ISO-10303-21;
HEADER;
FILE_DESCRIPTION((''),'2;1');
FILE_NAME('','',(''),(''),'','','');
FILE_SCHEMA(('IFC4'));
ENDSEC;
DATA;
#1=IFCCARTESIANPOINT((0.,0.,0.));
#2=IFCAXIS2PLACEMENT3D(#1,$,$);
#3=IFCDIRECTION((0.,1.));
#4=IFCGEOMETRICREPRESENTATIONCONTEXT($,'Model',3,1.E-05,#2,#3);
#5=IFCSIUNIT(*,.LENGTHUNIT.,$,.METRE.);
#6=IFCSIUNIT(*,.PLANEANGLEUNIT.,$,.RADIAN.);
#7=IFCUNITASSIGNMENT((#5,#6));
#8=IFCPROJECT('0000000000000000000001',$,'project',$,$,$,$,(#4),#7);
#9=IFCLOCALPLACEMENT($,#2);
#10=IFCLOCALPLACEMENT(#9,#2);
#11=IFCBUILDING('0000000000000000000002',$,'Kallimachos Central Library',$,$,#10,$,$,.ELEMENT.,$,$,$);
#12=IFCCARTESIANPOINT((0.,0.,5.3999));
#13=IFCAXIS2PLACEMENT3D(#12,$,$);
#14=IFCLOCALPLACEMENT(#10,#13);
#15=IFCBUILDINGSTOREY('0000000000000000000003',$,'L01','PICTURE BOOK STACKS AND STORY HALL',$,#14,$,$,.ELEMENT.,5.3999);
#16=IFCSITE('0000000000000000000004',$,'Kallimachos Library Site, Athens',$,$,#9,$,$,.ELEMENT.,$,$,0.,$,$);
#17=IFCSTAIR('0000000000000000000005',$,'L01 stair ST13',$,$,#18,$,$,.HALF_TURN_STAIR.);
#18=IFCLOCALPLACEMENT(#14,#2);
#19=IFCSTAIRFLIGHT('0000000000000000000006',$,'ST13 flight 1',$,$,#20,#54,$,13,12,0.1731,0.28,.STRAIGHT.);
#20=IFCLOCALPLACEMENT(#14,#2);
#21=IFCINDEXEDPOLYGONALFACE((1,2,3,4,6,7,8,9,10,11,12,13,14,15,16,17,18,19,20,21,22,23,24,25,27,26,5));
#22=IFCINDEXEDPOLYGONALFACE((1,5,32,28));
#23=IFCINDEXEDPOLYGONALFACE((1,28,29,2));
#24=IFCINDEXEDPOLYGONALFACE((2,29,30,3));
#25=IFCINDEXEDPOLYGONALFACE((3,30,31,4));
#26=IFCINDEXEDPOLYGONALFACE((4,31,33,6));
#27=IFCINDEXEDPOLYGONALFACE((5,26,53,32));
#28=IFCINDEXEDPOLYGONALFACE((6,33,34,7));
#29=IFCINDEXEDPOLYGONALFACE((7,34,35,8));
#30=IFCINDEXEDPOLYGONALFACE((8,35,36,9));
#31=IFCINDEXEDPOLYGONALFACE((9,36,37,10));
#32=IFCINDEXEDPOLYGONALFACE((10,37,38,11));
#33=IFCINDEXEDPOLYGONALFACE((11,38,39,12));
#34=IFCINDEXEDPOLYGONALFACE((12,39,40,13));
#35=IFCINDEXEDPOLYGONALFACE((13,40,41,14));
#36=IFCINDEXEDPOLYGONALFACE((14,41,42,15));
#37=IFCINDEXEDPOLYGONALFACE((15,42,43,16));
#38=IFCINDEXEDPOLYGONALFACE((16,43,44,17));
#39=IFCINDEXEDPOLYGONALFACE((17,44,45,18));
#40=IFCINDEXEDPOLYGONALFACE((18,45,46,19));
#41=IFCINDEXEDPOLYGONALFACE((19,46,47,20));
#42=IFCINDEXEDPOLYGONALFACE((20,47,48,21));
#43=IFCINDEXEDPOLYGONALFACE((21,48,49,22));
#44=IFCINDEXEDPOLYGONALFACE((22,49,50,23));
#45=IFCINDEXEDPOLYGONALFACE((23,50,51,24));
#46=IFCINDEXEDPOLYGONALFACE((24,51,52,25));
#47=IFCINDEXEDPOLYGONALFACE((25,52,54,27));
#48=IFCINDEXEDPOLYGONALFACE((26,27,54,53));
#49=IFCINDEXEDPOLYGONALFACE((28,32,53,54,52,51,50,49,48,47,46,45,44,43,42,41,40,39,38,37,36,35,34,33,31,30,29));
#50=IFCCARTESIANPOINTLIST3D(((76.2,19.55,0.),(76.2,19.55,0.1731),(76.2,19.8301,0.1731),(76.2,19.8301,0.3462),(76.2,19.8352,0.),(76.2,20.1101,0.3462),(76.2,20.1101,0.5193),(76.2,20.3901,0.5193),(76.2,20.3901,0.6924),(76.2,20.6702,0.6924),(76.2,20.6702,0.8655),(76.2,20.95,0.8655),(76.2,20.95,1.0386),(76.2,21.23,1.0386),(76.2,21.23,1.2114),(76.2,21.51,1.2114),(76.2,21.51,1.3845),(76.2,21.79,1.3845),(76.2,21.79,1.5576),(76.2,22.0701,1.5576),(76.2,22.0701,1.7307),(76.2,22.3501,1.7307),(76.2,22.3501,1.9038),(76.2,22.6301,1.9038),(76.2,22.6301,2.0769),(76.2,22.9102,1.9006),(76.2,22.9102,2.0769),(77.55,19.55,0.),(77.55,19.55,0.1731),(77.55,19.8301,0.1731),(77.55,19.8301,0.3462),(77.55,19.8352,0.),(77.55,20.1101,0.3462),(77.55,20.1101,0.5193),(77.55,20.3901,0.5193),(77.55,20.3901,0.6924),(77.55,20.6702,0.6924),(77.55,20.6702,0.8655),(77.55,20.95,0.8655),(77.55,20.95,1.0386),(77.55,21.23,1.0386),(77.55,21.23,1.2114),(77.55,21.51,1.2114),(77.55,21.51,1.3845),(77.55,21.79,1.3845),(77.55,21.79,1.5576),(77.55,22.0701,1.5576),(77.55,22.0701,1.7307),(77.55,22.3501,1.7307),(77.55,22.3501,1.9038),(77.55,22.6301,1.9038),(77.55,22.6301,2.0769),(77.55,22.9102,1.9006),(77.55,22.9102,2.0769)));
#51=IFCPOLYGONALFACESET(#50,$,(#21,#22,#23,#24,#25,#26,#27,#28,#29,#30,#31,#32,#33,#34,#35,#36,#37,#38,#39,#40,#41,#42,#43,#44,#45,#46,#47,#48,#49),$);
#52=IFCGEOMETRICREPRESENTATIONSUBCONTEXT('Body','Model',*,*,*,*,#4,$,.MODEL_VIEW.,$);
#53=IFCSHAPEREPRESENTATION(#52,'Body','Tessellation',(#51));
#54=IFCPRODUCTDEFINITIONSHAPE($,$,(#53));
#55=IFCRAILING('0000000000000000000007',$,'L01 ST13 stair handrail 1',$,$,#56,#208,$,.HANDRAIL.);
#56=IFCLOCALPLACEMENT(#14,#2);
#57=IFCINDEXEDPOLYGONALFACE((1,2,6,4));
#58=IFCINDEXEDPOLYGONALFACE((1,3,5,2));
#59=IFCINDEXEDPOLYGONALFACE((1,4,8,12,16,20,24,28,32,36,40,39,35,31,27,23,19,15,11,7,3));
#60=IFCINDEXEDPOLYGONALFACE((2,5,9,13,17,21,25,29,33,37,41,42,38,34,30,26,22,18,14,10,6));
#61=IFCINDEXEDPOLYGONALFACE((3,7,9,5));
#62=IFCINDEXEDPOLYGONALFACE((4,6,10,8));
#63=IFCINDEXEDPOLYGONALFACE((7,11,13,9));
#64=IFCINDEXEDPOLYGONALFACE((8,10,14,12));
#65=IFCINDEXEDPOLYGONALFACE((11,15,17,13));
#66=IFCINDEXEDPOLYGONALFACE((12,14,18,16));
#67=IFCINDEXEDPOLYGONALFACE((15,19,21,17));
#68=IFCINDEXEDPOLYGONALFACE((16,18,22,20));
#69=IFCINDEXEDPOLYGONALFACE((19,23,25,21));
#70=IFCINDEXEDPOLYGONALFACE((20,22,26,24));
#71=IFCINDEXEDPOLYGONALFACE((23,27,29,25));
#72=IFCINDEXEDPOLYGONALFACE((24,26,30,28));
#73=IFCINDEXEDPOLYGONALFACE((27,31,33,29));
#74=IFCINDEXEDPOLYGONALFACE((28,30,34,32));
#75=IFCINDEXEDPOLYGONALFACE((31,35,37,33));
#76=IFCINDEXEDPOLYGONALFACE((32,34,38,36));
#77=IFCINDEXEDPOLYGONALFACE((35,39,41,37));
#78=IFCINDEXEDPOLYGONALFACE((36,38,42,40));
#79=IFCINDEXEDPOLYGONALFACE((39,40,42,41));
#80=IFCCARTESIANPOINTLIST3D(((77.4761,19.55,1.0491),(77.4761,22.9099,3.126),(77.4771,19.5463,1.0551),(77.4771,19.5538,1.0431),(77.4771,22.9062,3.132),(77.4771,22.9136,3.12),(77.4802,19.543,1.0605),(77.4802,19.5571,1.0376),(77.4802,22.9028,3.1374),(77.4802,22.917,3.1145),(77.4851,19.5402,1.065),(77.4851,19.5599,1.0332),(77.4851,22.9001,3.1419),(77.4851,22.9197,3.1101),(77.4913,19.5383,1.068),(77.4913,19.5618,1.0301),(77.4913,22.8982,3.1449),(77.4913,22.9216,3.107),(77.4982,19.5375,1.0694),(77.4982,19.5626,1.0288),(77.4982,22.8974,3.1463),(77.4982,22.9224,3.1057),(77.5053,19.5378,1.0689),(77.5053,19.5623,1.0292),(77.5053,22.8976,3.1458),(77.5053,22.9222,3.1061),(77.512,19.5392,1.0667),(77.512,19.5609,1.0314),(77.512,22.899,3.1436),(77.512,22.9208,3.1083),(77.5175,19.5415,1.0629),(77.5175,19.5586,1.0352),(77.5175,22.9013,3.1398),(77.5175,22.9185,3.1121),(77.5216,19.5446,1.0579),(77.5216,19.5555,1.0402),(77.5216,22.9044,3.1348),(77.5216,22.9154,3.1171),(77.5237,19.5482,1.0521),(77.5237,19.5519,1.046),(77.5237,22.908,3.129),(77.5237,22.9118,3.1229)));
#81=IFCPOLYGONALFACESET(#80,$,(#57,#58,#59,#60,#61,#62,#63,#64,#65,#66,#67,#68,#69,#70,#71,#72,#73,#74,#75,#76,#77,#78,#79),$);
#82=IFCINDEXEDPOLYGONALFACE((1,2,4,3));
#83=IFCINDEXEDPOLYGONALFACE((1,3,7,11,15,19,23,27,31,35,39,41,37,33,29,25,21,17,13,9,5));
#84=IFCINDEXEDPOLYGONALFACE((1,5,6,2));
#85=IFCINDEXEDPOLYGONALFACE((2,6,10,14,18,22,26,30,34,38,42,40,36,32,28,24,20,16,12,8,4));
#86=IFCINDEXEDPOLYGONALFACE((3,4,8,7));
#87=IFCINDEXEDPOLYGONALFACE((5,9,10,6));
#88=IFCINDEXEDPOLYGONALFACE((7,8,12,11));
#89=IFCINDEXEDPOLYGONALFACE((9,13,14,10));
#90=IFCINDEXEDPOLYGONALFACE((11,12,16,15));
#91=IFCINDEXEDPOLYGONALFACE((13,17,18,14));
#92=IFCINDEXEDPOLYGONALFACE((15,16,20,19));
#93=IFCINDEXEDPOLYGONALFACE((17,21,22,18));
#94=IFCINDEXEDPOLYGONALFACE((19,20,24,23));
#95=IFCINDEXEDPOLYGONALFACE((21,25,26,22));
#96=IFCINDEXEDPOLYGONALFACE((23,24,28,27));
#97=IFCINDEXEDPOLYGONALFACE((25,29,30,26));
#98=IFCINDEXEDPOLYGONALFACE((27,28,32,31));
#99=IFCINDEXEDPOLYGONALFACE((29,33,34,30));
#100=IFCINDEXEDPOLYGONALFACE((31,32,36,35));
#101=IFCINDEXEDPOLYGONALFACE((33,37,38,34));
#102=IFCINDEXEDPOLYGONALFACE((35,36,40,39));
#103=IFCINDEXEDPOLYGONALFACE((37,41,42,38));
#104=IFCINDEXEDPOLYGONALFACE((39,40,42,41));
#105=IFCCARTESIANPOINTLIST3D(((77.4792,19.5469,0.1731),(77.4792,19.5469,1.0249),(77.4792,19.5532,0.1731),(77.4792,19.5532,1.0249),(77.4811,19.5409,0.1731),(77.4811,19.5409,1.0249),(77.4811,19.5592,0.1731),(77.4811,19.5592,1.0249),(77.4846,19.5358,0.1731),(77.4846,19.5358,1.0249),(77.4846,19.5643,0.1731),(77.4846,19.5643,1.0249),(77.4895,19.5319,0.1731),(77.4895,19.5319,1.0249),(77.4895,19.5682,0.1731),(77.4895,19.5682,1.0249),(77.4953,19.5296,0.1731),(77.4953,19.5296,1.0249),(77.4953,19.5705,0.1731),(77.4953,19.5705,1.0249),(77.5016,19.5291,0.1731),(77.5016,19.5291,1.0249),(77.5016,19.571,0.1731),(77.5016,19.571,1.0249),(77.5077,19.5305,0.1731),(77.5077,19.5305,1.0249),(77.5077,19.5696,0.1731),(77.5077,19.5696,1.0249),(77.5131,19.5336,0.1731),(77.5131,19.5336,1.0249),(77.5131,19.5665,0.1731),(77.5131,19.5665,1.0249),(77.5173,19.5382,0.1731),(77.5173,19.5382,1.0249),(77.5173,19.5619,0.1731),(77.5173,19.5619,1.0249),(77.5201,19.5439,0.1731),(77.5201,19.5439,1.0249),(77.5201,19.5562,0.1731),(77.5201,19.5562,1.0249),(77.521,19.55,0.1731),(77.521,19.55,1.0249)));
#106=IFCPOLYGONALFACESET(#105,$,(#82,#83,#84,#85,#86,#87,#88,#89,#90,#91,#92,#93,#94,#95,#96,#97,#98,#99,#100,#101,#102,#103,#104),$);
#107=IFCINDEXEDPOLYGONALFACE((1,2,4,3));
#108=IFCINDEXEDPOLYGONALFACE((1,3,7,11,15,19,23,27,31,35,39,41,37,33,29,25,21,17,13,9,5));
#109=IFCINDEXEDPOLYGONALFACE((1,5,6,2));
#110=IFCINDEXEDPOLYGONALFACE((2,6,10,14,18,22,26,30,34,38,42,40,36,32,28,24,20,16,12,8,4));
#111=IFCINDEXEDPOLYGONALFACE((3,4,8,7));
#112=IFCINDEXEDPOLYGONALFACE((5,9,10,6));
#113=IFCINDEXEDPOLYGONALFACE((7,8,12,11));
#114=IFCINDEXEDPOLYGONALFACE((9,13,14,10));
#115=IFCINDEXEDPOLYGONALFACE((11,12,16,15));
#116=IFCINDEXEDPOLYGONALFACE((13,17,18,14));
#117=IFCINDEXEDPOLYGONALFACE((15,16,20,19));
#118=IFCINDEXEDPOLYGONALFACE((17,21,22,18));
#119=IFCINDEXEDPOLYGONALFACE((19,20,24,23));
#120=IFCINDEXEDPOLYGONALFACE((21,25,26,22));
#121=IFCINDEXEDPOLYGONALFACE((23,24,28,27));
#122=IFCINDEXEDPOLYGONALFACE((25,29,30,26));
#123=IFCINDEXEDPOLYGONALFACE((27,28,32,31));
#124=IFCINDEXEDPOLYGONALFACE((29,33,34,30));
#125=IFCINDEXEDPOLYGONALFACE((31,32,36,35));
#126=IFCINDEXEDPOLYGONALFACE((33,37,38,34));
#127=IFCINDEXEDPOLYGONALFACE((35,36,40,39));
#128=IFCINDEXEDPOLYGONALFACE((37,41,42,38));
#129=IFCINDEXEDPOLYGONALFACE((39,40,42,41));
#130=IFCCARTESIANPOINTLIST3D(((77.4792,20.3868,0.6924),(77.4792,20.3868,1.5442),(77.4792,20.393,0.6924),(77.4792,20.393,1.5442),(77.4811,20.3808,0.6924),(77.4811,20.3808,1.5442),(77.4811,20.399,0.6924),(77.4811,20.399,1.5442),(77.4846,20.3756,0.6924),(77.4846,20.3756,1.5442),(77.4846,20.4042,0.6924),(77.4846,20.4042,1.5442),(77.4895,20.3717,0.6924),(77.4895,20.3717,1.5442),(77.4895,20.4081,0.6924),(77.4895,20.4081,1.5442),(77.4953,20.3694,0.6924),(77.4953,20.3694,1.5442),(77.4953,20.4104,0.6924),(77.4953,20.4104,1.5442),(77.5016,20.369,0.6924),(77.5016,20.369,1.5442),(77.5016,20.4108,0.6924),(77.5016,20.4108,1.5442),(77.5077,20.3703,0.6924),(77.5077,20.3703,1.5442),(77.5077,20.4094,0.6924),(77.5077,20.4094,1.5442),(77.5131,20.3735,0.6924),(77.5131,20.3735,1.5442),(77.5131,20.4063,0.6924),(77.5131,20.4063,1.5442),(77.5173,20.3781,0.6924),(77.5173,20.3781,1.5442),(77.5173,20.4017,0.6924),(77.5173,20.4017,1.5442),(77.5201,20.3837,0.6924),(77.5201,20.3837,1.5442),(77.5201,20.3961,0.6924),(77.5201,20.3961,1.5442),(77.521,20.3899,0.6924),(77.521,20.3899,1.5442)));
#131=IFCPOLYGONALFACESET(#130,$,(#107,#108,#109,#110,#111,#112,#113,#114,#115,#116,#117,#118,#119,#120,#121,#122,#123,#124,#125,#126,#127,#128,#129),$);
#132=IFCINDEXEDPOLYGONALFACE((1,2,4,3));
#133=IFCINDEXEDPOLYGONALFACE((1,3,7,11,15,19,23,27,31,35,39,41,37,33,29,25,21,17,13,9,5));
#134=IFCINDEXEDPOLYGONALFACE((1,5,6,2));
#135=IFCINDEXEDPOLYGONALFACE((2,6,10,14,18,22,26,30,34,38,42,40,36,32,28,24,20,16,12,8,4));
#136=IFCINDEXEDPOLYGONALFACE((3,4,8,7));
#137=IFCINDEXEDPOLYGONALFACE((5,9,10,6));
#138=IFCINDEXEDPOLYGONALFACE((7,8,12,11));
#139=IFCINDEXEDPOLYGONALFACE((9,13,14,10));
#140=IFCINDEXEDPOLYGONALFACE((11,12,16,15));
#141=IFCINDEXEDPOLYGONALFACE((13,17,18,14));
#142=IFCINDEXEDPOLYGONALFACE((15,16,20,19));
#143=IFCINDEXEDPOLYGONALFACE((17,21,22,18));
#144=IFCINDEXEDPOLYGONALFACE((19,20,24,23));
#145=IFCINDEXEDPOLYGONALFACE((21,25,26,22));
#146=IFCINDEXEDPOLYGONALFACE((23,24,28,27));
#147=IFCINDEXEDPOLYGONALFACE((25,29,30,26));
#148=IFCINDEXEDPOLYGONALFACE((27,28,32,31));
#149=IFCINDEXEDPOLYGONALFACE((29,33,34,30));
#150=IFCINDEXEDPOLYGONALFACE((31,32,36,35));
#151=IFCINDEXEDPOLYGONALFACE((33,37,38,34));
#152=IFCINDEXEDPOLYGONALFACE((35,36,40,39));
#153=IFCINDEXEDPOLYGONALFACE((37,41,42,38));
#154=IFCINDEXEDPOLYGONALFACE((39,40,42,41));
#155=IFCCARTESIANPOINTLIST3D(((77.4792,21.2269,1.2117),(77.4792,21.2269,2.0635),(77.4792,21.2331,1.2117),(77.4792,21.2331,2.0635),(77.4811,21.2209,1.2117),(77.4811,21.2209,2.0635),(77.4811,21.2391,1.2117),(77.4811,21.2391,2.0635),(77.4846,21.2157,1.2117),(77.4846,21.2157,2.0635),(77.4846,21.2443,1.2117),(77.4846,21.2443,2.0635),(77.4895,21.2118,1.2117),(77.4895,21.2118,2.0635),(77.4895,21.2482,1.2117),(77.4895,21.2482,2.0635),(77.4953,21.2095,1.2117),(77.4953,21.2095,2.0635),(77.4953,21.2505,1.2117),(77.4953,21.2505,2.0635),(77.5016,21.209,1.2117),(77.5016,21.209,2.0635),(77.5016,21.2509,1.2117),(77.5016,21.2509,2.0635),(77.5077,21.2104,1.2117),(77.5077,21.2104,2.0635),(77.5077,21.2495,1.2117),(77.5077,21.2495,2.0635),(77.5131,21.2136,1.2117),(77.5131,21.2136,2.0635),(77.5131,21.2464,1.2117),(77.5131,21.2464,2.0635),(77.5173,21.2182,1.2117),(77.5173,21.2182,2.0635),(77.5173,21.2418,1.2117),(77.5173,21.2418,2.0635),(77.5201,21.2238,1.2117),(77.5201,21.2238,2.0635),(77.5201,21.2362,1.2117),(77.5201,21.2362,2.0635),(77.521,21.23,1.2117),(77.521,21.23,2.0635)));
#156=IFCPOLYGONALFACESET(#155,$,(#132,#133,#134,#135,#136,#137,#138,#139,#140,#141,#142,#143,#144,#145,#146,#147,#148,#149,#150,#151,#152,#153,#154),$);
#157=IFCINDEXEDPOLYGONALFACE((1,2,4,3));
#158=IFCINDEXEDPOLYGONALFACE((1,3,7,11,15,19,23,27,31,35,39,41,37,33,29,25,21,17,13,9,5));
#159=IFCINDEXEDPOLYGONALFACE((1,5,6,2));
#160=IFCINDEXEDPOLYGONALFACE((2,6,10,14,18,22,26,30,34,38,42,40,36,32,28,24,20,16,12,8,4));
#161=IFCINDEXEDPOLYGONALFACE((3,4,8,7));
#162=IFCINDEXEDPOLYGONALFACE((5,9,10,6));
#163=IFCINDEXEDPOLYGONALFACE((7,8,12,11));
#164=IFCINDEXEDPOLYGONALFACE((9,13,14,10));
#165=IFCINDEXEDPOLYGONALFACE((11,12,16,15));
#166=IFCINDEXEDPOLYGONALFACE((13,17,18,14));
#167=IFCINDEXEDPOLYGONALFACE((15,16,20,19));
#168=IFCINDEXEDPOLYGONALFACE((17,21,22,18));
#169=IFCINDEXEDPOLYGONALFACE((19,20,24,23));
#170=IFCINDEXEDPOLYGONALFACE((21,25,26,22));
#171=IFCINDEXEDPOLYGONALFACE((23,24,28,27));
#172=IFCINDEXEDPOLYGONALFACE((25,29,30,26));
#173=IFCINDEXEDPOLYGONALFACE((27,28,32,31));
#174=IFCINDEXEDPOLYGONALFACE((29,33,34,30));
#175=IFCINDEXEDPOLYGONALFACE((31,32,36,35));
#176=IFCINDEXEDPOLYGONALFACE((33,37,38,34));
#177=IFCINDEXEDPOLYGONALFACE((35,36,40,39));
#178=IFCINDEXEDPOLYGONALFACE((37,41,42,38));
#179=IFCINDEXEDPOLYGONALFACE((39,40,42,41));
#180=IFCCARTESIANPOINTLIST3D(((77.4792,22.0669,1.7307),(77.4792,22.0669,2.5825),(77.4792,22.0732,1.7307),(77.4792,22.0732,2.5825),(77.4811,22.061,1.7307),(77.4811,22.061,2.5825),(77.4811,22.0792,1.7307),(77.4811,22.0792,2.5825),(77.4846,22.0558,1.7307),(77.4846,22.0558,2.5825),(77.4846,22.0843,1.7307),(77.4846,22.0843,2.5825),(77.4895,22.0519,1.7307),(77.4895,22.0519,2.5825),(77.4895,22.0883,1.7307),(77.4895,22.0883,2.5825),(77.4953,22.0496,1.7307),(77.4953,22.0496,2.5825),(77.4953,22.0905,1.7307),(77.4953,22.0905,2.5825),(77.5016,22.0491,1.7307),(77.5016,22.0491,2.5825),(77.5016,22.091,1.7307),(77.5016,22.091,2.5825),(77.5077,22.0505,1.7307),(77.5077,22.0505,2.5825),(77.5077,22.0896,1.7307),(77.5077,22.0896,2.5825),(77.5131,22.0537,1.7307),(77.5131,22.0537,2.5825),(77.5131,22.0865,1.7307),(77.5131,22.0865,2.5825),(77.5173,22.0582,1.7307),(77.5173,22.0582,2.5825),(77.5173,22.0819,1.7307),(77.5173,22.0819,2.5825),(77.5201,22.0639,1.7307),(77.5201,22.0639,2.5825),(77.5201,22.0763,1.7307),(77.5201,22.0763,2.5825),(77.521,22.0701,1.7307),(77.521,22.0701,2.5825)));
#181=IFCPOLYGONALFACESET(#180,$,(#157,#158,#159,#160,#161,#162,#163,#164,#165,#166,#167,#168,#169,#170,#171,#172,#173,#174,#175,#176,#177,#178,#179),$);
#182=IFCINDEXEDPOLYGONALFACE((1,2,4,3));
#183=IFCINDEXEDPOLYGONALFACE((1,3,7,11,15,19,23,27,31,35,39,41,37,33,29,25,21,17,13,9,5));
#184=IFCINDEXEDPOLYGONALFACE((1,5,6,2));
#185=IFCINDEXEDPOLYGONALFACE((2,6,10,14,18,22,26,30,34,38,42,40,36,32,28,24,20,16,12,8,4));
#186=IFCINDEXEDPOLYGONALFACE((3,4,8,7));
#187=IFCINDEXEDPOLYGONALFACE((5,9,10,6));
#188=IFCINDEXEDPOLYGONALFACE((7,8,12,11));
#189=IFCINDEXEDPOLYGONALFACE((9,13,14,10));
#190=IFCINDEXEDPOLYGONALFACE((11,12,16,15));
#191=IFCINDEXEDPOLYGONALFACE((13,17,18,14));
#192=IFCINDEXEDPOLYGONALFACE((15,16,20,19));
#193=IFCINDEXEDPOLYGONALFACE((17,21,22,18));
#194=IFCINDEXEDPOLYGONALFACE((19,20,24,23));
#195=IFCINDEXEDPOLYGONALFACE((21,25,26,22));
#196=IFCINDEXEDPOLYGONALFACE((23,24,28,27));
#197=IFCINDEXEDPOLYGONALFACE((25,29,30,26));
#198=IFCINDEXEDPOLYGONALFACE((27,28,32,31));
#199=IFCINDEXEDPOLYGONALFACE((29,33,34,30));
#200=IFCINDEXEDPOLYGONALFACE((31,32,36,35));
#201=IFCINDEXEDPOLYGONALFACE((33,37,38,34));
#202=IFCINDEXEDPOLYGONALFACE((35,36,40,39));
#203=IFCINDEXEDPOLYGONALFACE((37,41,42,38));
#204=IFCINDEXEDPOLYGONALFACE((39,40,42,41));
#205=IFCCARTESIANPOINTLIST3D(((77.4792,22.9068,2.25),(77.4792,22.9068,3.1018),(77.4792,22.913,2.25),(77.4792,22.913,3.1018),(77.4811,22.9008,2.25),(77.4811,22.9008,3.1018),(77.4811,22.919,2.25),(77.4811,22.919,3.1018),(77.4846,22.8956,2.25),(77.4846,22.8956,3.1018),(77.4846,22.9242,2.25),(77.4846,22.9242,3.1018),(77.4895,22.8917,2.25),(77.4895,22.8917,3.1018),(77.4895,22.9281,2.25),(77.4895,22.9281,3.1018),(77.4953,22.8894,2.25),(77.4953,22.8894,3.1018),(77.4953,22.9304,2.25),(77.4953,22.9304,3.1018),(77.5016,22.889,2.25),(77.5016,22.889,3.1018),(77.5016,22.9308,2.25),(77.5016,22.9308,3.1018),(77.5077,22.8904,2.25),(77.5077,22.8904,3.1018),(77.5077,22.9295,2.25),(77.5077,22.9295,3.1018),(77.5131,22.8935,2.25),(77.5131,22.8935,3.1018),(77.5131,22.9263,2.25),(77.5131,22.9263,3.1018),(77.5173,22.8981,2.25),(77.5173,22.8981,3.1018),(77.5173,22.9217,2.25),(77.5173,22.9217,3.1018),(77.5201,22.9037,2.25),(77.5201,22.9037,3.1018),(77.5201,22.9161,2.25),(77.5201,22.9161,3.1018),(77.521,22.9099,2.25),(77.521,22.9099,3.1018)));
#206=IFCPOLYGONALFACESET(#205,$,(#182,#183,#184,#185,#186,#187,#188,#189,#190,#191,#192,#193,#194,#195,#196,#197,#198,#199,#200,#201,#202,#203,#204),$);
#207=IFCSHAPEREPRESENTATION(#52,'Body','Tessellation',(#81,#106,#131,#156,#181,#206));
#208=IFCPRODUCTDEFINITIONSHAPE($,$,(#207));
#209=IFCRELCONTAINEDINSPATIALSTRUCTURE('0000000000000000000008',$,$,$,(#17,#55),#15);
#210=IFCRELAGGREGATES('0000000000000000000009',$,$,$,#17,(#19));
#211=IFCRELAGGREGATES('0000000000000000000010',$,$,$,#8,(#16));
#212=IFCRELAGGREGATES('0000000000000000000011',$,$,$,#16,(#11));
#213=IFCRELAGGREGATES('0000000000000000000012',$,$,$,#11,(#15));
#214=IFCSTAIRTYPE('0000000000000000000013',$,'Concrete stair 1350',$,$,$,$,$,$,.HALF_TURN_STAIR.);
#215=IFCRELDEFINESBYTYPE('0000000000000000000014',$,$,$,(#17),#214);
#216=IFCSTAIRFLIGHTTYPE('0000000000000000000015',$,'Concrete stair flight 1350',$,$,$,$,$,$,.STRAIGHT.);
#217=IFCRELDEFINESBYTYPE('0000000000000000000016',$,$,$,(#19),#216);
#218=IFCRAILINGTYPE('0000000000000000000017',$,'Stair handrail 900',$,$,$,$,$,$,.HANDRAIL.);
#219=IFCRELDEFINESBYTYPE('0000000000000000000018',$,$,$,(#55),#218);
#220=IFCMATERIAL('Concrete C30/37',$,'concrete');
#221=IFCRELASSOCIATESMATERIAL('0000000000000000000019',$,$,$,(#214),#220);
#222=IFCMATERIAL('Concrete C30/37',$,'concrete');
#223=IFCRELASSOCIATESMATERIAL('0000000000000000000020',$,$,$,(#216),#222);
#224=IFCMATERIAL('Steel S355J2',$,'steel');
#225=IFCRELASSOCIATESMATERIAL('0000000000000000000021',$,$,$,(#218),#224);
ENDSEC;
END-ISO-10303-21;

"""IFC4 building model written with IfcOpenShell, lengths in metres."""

from ifc_helpers import new_model, si_unit, direction, frame, origin, origin_2d, place, context, subcontext, project, spatial, polyline, circle, outline, extrude, material, type_object, element, aggregate, save


model = new_model("IFC4")

# Units and contexts
model_context = context("Model", 3, precision=1e-05, world=origin(), true_north=direction((0.0, 1.0)))
body_context = subcontext(model_context, "Body", "Model", "MODEL_VIEW")
ifc_project = project(units=[si_unit("LENGTHUNIT", "METRE"), si_unit("PLANEANGLEUNIT", "RADIAN")], contexts=[model_context])

# Site, building, storey
site_placement = place(None, origin())
site = spatial("IfcSite", under=ifc_project, at=site_placement, Name="Kallimachos Library Site, Athens", CompositionType="ELEMENT", RefElevation=0.0)
building_placement = place(site_placement, origin())
building = spatial("IfcBuilding", under=site, at=building_placement, Name="Kallimachos Central Library", CompositionType="ELEMENT")
storey_placement = place(building_placement, frame((0.0, 0.0, 5.3999)))
storey = spatial("IfcBuildingStorey", under=building, at=storey_placement, Name="L01", Description="PICTURE BOOK STACKS AND STORY HALL", CompositionType="ELEMENT", Elevation=5.3999)

# Stair, stair flight
ifc_material_1 = material(Name="Concrete C30/37", Category="concrete")
stair_type = type_object("IfcStairType", Name="Concrete stair 1350", PredefinedType="HALF_TURN_STAIR", material=ifc_material_1)
stair_placement = place(storey_placement, origin())
stair = element("IfcStair", 1, at=stair_placement, inside=storey, type_object=stair_type, Name="L01 stair ST13", PredefinedType="HALF_TURN_STAIR")
ifc_material_2 = material(Name="Concrete C30/37", Category="concrete")
stair_flight_type = type_object("IfcStairFlightType", Name="Concrete stair flight 1350", PredefinedType="STRAIGHT", material=ifc_material_2)
stair_flight_placement = place(storey_placement, frame((76.875, 19.55, 0.0), z_axis=(0.0, 0.0, 1.0), x_axis=(0.0, 1.0, 0.0)))
stair_flight = element("IfcStairFlight", 2, at=stair_flight_placement, type_object=stair_flight_type, Name="ST13 flight 1", NumberOfRisers=13, NumberOfTreads=12, PredefinedType="STRAIGHT", RiserHeight=0.1731, TreadLength=0.28, context=body_context, shape_type="SweptSolid", body=[
    extrude(outline(polyline([(0.0, 0.0), (0.0, 0.1731), (0.28, 0.1731), (0.28, 0.3462), (0.5601, 0.3462), (0.5601, 0.5193), (0.8401, 0.5193), (0.8401, 0.6924), (1.1201, 0.6924), (1.1201, 0.8655), (1.3999, 0.8655), (1.3999, 1.0386), (1.6799, 1.0386), (1.6799, 1.2114), (1.96, 1.2114), (1.96, 1.3845), (2.24, 1.3845), (2.24, 1.5576), (2.52, 1.5576), (2.52, 1.7307), (2.8, 1.7307), (2.8, 1.9038), (3.0801, 1.9038), (3.0801, 2.0769), (3.3601, 2.0769), (3.3601, 2.25), (3.3601, 1.9006), (0.2852, 0.0), (0.0, 0.0)])), frame((0.0, 0.675, 0.0), z_axis=(0.0, -1.0, 0.0), x_axis=(1.0, 0.0, 0.0)), (0.0, 0.0, 1.0), 1.3501),
])
aggregate(stair, [stair_flight])

# Railing
ifc_material_3 = material(Name="Steel S355J2", Category="steel")
railing_type_1 = type_object("IfcRailingType", Name="Stair handrail 900", PredefinedType="HANDRAIL", material=ifc_material_3)
railing_1_placement = place(storey_placement, frame((77.5, 19.55, 0.1731)))
element("IfcRailing", 3, at=railing_1_placement, inside=storey, type_object=railing_type_1, Name="L01 ST13 stair handrail 1", PredefinedType="HANDRAIL", context=body_context, shape_type="SweptSolid", body=[
    extrude(circle(Radius=0.0239, at=origin_2d()), frame((0.0, 0.0, 0.876), z_axis=(0.0, 0.850606, 0.525803), x_axis=(-1.0, 0.0, 0.0)), (0.0, 0.0, 1.0), 3.95),
    extrude(circle(Radius=0.021, at=origin_2d()), origin(), (0.0, 0.0, 1.0), 0.8518),
    extrude(circle(Radius=0.021, at=origin_2d()), frame((0.0, 0.8398, 0.5193)), (0.0, 0.0, 1.0), 0.8518),
    extrude(circle(Radius=0.021, at=origin_2d()), frame((0.0, 1.6799, 1.0386)), (0.0, 0.0, 1.0), 0.8518),
    extrude(circle(Radius=0.021, at=origin_2d()), frame((0.0, 2.52, 1.5576)), (0.0, 0.0, 1.0), 0.8518),
    extrude(circle(Radius=0.021, at=origin_2d()), frame((0.0, 3.3599, 2.0769)), (0.0, 0.0, 1.0), 0.8518),
])

save(model, "model.ifc")
